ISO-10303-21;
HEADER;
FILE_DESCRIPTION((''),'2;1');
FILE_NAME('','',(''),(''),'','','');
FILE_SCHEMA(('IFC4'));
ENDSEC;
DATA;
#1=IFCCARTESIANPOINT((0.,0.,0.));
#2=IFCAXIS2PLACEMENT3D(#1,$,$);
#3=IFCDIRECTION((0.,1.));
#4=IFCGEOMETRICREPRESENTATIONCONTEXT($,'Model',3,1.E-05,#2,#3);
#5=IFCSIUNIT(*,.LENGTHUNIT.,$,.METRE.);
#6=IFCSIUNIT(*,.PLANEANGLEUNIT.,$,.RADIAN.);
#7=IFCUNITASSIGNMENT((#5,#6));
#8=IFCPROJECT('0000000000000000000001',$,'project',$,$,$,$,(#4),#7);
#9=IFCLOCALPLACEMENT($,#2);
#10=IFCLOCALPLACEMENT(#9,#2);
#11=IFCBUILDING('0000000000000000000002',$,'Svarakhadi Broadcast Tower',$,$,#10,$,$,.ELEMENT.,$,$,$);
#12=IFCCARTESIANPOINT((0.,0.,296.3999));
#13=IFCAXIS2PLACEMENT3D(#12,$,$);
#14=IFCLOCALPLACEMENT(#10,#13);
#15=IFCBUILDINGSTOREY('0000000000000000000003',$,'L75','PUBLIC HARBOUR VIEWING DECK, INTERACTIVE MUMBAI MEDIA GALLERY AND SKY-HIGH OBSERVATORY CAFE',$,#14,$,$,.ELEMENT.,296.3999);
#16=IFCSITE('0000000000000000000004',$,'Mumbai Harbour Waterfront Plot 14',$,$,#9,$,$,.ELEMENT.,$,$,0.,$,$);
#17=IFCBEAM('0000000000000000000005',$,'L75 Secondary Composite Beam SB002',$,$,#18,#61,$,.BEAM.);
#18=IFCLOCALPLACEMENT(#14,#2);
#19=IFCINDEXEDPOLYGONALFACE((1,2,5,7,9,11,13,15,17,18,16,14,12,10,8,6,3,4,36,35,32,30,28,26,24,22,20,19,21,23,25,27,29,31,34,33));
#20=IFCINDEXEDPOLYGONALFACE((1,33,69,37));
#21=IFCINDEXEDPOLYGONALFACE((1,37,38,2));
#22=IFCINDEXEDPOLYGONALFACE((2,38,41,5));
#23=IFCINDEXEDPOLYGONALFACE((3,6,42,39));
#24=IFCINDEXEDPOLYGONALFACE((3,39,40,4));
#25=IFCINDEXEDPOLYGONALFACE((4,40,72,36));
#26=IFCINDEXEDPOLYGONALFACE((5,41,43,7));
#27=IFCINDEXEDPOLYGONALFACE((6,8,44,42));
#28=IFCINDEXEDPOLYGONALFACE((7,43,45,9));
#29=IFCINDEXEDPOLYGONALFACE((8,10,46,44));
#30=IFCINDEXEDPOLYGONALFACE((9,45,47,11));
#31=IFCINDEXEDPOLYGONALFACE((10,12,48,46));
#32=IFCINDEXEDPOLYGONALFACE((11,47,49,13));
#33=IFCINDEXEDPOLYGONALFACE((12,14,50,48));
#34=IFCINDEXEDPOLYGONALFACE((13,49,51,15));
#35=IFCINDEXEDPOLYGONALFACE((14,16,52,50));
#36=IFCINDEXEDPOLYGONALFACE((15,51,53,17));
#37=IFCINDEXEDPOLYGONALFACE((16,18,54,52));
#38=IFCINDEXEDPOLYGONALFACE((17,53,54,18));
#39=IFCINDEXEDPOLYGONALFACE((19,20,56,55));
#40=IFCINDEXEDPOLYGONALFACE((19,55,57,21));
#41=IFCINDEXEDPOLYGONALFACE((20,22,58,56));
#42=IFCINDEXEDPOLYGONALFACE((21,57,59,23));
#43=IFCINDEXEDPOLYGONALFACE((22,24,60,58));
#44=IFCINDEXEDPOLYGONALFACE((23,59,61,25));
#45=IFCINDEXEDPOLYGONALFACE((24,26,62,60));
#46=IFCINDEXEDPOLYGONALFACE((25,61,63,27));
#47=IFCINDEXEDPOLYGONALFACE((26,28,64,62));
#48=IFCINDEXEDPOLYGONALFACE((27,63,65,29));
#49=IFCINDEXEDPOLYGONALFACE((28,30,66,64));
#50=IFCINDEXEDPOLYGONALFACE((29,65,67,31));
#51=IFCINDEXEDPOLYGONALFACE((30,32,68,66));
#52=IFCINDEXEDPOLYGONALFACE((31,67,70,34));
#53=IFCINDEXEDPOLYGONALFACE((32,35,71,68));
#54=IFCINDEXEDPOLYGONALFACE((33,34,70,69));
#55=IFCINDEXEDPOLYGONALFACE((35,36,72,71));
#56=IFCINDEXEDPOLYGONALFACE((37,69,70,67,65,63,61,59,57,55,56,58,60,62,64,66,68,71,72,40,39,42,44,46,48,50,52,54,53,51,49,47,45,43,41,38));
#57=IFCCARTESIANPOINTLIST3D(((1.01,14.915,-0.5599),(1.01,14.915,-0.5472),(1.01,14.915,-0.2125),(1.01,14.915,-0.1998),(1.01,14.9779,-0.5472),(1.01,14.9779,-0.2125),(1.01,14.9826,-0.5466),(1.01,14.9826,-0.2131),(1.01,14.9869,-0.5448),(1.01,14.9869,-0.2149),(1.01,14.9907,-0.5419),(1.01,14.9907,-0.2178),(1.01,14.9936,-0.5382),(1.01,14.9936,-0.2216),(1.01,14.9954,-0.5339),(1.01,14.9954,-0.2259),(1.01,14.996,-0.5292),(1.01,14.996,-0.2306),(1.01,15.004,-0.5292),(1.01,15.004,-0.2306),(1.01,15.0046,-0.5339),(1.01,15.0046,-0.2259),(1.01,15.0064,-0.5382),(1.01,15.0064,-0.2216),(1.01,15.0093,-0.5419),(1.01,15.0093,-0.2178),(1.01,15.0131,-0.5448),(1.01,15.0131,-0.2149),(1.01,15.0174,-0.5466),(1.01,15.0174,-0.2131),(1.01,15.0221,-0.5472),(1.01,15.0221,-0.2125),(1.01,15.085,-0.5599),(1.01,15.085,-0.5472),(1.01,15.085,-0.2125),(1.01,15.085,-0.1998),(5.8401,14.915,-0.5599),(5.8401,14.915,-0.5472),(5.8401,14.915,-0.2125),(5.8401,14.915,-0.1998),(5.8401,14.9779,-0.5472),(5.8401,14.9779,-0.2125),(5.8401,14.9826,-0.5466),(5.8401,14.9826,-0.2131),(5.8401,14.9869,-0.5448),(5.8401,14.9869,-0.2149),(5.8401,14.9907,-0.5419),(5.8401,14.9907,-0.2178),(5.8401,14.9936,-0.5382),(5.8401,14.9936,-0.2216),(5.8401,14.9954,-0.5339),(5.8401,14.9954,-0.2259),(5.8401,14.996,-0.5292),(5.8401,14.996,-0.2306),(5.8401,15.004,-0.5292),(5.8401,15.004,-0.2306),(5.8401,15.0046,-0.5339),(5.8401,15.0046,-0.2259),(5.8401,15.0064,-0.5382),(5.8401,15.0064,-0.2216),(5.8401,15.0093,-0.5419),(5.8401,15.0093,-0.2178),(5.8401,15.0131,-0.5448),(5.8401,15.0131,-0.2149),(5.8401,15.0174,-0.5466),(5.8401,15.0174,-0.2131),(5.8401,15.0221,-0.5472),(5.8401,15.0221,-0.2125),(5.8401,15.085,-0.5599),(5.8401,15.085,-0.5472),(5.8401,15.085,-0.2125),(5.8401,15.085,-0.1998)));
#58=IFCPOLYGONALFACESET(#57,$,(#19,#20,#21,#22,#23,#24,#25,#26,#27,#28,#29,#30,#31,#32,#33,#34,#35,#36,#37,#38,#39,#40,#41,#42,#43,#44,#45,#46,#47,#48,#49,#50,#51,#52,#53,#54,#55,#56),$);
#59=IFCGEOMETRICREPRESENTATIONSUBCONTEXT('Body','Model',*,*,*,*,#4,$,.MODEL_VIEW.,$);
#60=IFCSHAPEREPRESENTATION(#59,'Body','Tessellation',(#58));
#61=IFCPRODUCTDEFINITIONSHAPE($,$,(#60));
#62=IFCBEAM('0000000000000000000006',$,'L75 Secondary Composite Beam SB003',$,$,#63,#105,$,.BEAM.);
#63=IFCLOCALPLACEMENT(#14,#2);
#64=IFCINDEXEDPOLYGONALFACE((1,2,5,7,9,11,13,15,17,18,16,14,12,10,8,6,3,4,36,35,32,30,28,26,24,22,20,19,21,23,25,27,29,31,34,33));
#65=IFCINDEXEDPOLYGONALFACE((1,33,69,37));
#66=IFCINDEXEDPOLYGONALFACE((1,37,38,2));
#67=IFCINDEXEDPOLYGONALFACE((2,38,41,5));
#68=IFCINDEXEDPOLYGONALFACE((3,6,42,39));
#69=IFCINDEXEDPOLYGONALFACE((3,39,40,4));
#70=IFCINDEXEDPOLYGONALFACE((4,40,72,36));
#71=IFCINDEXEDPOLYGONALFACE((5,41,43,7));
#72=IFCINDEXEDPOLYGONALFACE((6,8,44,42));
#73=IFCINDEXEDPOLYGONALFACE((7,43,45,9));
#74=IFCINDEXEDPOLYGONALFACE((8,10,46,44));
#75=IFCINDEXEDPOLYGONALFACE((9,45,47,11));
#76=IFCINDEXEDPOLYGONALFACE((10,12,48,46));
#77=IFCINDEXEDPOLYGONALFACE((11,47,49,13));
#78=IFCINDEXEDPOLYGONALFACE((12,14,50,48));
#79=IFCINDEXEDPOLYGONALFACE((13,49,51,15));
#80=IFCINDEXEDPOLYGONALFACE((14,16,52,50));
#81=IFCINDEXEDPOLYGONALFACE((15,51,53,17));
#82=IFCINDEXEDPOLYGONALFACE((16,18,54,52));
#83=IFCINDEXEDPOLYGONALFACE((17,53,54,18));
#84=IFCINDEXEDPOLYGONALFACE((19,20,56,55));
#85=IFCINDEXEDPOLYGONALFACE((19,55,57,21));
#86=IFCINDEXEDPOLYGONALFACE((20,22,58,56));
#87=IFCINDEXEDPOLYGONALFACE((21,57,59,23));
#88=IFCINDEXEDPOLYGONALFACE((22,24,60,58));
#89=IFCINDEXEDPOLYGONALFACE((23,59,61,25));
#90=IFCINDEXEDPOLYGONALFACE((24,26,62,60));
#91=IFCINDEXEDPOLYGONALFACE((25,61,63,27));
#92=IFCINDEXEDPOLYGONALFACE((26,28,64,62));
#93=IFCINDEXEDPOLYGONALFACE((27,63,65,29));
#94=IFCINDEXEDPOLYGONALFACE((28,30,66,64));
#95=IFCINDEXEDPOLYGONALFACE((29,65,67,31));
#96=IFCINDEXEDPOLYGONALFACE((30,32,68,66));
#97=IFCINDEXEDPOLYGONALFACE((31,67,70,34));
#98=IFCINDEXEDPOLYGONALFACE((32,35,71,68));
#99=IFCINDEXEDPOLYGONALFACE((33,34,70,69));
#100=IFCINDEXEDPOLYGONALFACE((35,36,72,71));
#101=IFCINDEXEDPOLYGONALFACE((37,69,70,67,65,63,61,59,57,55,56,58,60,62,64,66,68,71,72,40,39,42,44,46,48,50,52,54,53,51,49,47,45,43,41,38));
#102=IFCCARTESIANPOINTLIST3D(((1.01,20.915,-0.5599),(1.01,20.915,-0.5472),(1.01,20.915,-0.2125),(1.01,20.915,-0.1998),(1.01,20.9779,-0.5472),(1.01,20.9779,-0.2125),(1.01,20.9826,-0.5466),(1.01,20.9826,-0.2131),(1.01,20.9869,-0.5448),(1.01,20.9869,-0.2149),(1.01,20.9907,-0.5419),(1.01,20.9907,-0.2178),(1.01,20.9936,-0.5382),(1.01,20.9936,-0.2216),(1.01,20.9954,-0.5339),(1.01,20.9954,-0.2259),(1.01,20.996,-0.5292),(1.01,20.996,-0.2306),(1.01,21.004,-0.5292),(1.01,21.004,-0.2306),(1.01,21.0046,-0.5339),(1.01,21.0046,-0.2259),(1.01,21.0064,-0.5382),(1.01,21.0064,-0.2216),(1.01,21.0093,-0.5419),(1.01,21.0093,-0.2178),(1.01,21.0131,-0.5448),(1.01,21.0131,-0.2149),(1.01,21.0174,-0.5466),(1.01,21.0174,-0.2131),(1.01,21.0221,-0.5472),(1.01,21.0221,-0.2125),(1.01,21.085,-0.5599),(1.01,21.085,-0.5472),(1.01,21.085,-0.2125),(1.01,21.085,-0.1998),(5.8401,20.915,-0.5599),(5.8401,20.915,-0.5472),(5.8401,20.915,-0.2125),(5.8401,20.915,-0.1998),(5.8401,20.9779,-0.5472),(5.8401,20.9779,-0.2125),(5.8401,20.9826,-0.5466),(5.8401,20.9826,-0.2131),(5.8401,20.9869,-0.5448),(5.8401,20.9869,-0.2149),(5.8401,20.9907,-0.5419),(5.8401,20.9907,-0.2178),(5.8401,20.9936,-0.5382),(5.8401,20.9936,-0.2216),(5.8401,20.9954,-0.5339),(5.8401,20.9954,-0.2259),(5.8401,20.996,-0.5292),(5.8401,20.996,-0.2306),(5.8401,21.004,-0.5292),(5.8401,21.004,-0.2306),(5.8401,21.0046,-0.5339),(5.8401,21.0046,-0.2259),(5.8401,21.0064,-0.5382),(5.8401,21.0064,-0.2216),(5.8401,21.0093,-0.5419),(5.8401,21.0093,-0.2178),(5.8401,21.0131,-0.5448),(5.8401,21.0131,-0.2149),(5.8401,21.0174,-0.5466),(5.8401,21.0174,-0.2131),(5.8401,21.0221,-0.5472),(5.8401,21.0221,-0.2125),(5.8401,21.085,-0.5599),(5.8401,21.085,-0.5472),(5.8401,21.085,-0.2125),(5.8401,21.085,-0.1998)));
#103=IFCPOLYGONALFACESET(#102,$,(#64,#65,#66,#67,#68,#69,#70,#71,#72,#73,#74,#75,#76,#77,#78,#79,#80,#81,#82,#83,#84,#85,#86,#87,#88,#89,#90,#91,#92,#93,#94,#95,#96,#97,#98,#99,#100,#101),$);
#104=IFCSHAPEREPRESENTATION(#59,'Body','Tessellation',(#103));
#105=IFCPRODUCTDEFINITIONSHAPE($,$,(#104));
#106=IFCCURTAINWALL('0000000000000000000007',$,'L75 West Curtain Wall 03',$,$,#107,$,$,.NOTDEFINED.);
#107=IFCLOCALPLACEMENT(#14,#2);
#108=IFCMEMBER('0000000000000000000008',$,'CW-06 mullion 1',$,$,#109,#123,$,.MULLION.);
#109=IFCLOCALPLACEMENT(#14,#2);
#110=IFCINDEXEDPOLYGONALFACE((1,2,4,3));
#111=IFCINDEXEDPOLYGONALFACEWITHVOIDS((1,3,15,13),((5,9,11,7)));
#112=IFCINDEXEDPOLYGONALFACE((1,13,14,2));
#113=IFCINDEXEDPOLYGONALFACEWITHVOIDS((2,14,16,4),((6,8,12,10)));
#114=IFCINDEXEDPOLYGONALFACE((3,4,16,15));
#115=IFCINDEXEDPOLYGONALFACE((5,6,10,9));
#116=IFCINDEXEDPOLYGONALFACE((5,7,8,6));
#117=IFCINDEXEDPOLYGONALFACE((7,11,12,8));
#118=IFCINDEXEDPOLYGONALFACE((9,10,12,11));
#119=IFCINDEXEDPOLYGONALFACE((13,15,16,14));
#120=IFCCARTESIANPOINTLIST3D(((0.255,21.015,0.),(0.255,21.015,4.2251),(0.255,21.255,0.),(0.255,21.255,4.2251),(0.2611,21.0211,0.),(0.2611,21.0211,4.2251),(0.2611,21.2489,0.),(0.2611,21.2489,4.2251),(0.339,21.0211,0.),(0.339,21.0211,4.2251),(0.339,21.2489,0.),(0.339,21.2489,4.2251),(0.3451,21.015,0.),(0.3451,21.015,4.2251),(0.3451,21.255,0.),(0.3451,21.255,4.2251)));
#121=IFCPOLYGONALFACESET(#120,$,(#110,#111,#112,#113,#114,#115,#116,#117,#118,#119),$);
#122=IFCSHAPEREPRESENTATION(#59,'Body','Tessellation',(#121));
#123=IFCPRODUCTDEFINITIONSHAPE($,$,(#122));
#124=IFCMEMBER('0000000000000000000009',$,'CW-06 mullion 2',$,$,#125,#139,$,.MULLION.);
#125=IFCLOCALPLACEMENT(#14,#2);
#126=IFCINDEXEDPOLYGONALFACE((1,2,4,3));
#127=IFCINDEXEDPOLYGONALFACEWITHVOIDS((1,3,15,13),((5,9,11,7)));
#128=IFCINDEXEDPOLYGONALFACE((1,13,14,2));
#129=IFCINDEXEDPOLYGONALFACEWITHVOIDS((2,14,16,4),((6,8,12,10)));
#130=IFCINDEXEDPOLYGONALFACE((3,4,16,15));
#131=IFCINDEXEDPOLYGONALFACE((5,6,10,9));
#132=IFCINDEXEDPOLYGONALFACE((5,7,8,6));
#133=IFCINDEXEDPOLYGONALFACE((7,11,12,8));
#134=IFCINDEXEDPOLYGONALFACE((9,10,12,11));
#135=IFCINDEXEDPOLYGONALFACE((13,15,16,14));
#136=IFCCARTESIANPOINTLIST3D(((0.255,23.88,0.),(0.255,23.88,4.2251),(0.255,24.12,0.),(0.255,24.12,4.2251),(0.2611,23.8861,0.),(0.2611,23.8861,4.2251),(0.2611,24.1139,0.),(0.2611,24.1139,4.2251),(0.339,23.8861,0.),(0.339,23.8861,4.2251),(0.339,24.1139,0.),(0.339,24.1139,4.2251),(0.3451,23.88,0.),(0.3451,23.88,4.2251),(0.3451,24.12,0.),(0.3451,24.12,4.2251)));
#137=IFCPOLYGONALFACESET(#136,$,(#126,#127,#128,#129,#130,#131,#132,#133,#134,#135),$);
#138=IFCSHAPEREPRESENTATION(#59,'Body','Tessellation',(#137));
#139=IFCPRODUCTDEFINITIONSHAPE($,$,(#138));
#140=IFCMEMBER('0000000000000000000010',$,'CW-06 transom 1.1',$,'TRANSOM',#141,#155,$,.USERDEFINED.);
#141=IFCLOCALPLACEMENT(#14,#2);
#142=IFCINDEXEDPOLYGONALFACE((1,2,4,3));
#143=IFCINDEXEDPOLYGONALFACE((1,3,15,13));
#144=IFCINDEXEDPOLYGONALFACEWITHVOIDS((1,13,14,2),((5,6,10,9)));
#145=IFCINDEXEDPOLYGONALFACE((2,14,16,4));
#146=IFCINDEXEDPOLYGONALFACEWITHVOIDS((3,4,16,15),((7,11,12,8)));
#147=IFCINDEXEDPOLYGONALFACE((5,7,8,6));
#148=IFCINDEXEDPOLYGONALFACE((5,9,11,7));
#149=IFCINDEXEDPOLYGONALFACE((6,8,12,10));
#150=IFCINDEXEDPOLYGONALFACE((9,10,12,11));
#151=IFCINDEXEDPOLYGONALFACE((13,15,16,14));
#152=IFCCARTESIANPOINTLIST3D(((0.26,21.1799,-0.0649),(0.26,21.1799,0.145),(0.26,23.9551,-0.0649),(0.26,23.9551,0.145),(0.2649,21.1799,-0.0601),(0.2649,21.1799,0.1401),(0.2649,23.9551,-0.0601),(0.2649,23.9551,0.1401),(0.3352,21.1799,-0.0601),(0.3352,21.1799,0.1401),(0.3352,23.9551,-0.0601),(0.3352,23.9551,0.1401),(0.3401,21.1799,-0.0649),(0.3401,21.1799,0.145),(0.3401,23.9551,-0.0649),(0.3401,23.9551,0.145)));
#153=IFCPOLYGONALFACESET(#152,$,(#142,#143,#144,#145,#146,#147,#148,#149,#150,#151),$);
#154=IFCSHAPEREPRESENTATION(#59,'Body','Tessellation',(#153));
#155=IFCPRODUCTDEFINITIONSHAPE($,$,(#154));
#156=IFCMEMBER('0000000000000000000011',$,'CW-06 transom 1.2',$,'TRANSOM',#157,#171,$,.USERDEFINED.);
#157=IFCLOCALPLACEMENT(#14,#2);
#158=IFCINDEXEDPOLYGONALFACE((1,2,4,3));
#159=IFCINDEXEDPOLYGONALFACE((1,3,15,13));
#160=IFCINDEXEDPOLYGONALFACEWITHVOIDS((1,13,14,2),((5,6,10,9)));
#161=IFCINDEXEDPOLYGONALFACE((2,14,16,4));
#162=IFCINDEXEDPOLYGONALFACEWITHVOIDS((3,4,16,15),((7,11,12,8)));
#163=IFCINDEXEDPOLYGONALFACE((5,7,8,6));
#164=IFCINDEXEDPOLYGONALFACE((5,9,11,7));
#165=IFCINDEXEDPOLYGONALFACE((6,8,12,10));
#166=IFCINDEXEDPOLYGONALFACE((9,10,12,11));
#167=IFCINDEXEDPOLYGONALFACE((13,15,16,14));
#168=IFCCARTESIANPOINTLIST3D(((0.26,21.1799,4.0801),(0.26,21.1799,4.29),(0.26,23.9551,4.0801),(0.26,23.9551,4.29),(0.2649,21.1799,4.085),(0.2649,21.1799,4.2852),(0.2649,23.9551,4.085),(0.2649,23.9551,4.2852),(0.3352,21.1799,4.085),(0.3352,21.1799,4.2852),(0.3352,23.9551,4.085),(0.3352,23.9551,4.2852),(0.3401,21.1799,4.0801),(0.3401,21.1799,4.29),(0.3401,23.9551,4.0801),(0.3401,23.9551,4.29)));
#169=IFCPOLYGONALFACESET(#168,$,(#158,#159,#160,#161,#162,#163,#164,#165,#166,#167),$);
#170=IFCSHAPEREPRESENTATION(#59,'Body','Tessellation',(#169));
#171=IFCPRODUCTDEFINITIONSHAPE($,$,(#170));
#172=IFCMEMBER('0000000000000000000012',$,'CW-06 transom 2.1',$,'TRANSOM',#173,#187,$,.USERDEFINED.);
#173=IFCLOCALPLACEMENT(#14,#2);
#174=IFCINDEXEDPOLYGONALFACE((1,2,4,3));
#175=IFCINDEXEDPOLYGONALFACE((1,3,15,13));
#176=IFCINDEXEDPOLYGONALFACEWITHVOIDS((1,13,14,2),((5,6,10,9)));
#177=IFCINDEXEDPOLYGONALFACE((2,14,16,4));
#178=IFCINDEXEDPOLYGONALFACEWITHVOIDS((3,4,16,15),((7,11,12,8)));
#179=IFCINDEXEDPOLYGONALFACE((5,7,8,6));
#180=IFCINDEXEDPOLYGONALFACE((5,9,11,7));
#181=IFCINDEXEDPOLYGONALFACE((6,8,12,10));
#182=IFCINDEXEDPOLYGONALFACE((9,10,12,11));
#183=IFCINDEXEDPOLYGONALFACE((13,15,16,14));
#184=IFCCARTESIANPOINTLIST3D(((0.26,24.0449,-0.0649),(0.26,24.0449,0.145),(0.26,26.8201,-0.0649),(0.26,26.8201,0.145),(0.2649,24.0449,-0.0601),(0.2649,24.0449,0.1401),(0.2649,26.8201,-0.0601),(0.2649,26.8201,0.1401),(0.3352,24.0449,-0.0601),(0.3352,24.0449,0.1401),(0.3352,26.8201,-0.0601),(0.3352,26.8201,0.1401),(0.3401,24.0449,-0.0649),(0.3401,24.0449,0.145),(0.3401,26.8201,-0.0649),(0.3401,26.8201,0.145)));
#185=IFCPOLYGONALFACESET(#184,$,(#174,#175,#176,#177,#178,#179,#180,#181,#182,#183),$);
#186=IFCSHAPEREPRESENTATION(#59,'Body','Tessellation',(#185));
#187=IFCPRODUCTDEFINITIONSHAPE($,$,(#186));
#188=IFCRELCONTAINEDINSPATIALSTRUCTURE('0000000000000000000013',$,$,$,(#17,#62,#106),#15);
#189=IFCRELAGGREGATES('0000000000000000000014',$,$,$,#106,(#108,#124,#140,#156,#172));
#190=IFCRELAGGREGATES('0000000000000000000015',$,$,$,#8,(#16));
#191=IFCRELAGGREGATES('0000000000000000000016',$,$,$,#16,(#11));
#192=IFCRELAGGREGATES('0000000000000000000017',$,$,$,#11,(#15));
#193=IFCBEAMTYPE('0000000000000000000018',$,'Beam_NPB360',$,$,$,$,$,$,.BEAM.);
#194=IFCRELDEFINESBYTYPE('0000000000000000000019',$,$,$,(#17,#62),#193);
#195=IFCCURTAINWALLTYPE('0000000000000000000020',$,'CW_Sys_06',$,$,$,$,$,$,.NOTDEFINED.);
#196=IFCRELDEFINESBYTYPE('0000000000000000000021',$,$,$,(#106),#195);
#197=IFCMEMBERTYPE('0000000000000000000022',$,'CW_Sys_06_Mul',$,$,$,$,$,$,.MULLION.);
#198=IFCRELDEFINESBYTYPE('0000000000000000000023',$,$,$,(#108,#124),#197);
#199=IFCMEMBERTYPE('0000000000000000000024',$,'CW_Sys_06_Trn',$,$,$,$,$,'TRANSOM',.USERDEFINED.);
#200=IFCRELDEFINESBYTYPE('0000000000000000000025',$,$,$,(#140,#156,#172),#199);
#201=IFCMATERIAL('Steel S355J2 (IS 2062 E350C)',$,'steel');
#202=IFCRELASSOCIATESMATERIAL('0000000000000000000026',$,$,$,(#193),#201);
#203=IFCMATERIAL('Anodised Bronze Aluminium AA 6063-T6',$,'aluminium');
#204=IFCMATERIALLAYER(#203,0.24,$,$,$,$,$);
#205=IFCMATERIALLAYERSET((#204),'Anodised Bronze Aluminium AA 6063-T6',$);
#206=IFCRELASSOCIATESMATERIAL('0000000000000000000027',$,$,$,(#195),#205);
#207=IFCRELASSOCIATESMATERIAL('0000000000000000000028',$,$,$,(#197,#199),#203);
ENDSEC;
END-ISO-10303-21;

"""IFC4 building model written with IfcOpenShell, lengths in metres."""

from ifc_helpers import new_model, si_unit, direction, frame, origin, origin_2d, place, context, subcontext, project, spatial, hollow_rectangle, i_section, extrude, material, layer, layer_set, material_profile, profile_set, type_object, element, aggregate, save


model = new_model("IFC4")

# Units and contexts
model_context = context("Model", 3, precision=1e-05, world=origin(), true_north=direction((0.0, 1.0)))
body_context = subcontext(model_context, "Body", "Model", "MODEL_VIEW")
ifc_project = project(units=[si_unit("LENGTHUNIT", "METRE"), si_unit("PLANEANGLEUNIT", "RADIAN")], contexts=[model_context])

# Site, building, storey
site_placement = place(None, origin())
site = spatial("IfcSite", under=ifc_project, at=site_placement, Name="Mumbai Harbour Waterfront Plot 14", CompositionType="ELEMENT", RefElevation=0.0)
building_placement = place(site_placement, origin())
building = spatial("IfcBuilding", under=site, at=building_placement, Name="Svarakhadi Broadcast Tower", CompositionType="ELEMENT")
storey_placement = place(building_placement, frame((0.0, 0.0, 296.3999)))
storey = spatial("IfcBuildingStorey", under=building, at=storey_placement, Name="L75", Description="PUBLIC HARBOUR VIEWING DECK, INTERACTIVE MUMBAI MEDIA GALLERY AND SKY-HIGH OBSERVATORY CAFE", CompositionType="ELEMENT", Elevation=296.3999)

# Beams
ifc_material_1 = material(Name="Steel S355J2 (IS 2062 E350C)", Category="steel")
ifc_material_profile_1 = material_profile(ifc_material_1, i_section(OverallWidth=0.1699, OverallDepth=0.3601, WebThickness=0.0081, FlangeThickness=0.0127, FilletRadius=0.0181, at=origin_2d()), Name="NPB 360x170x57")
ifc_profile_set_1 = profile_set([ifc_material_profile_1], Name="Steel S355J2 (IS 2062 E350C)")
beam_type_1 = type_object("IfcBeamType", Name="Beam_NPB360", PredefinedType="BEAM", material=ifc_profile_set_1)
for number, where, z_axis, x_axis, name in (
    (1, (1.01, 15.0, -0.3799), (1.0, 0.0, 0.0), (0.0, 1.0, 0.0), "L75 Secondary Composite Beam SB002"),
    (2, (1.01, 21.0, -0.3799), (1.0, 0.0, 0.0), (0.0, 1.0, 0.0), "L75 Secondary Composite Beam SB003"),
):
    element("IfcBeam", number, at=place(storey_placement, frame(where, z_axis=z_axis, x_axis=x_axis)), inside=storey, type_object=beam_type_1, Name=name, PredefinedType="BEAM", context=body_context, shape_type="SweptSolid", body=[
        extrude(i_section(OverallWidth=0.1699, OverallDepth=0.3601, WebThickness=0.0081, FlangeThickness=0.0127, FilletRadius=0.0181, at=origin_2d()), origin(), (0.0, 0.0, 1.0), 4.8301),
    ])

# Curtain wall, members
ifc_material_2 = material(Name="Anodised Bronze Aluminium AA 6063-T6", Category="aluminium")
ifc_layer_1 = layer(ifc_material_2, 0.24)
ifc_layer_set_1 = layer_set([ifc_layer_1], Name="Anodised Bronze Aluminium AA 6063-T6")
curtain_wall_type = type_object("IfcCurtainWallType", Name="CW_Sys_06", PredefinedType="NOTDEFINED", material=ifc_layer_set_1)
curtain_wall_placement = place(storey_placement, origin())
curtain_wall = element("IfcCurtainWall", 3, at=curtain_wall_placement, inside=storey, type_object=curtain_wall_type, Name="L75 West Curtain Wall 03", PredefinedType="NOTDEFINED")
ifc_material_profile_2 = material_profile(ifc_material_2, hollow_rectangle(XDim=0.0901, YDim=0.24, WallThickness=0.0061, at=origin_2d()), Name="ALU MULLION 240x90x6")
ifc_profile_set_2 = profile_set([ifc_material_profile_2], Name="Anodised Bronze Aluminium AA 6063-T6")
member_type_1 = type_object("IfcMemberType", Name="CW_Sys_06_Mul", PredefinedType="MULLION", material=ifc_profile_set_2)
member_1_placement = place(storey_placement, frame((0.3, 21.135, 0.0), z_axis=(0.0, 0.0, 1.0), x_axis=(-1.0, 0.0, 0.0)))
member_1 = element("IfcMember", 4, at=member_1_placement, type_object=member_type_1, Name="CW-06 mullion 1", PredefinedType="MULLION", context=body_context, shape_type="SweptSolid", body=[
    extrude(hollow_rectangle(XDim=0.0901, YDim=0.24, WallThickness=0.0061, at=origin_2d()), origin(), (0.0, 0.0, 1.0), 4.2251),
])
member_2_placement = place(storey_placement, frame((0.3, 24.0, 0.0), z_axis=(0.0, 0.0, 1.0), x_axis=(-1.0, 0.0, 0.0)))
member_2 = element("IfcMember", 5, at=member_2_placement, type_object=member_type_1, Name="CW-06 mullion 2", PredefinedType="MULLION", context=body_context, shape_type="SweptSolid", body=[
    extrude(hollow_rectangle(XDim=0.0901, YDim=0.24, WallThickness=0.0061, at=origin_2d()), origin(), (0.0, 0.0, 1.0), 4.2251),
])
ifc_material_profile_3 = material_profile(ifc_material_2, hollow_rectangle(XDim=0.0801, YDim=0.21, WallThickness=0.0049, at=origin_2d()), Name="ALU TRANSOM 210x80x5")
ifc_profile_set_3 = profile_set([ifc_material_profile_3], Name="Anodised Bronze Aluminium AA 6063-T6")
member_type_2 = type_object("IfcMemberType", Name="CW_Sys_06_Trn", ElementType="TRANSOM", PredefinedType="USERDEFINED", material=ifc_profile_set_3)
member_3_placement = place(storey_placement, frame((0.3, 21.1799, 0.04), z_axis=(0.0, 1.0, 0.0), x_axis=(-1.0, 0.0, 0.0)))
member_3 = element("IfcMember", 6, at=member_3_placement, type_object=member_type_2, Name="CW-06 transom 1.1", ObjectType="TRANSOM", PredefinedType="USERDEFINED", context=body_context, shape_type="SweptSolid", body=[
    extrude(hollow_rectangle(XDim=0.0801, YDim=0.21, WallThickness=0.0049, at=origin_2d()), origin(), (0.0, 0.0, 1.0), 2.7751),
])
member_4_placement = place(storey_placement, frame((0.3, 21.1799, 4.1851), z_axis=(0.0, 1.0, 0.0), x_axis=(-1.0, 0.0, 0.0)))
member_4 = element("IfcMember", 7, at=member_4_placement, type_object=member_type_2, Name="CW-06 transom 1.2", ObjectType="TRANSOM", PredefinedType="USERDEFINED", context=body_context, shape_type="SweptSolid", body=[
    extrude(hollow_rectangle(XDim=0.0801, YDim=0.21, WallThickness=0.0049, at=origin_2d()), origin(), (0.0, 0.0, 1.0), 2.7751),
])
member_5_placement = place(storey_placement, frame((0.3, 24.0449, 0.04), z_axis=(0.0, 1.0, 0.0), x_axis=(-1.0, 0.0, 0.0)))
member_5 = element("IfcMember", 8, at=member_5_placement, type_object=member_type_2, Name="CW-06 transom 2.1", ObjectType="TRANSOM", PredefinedType="USERDEFINED", context=body_context, shape_type="SweptSolid", body=[
    extrude(hollow_rectangle(XDim=0.0801, YDim=0.21, WallThickness=0.0049, at=origin_2d()), origin(), (0.0, 0.0, 1.0), 2.7751),
])

aggregate(curtain_wall, [member_1, member_2, member_3, member_4, member_5])

save(model, "model.ifc")
